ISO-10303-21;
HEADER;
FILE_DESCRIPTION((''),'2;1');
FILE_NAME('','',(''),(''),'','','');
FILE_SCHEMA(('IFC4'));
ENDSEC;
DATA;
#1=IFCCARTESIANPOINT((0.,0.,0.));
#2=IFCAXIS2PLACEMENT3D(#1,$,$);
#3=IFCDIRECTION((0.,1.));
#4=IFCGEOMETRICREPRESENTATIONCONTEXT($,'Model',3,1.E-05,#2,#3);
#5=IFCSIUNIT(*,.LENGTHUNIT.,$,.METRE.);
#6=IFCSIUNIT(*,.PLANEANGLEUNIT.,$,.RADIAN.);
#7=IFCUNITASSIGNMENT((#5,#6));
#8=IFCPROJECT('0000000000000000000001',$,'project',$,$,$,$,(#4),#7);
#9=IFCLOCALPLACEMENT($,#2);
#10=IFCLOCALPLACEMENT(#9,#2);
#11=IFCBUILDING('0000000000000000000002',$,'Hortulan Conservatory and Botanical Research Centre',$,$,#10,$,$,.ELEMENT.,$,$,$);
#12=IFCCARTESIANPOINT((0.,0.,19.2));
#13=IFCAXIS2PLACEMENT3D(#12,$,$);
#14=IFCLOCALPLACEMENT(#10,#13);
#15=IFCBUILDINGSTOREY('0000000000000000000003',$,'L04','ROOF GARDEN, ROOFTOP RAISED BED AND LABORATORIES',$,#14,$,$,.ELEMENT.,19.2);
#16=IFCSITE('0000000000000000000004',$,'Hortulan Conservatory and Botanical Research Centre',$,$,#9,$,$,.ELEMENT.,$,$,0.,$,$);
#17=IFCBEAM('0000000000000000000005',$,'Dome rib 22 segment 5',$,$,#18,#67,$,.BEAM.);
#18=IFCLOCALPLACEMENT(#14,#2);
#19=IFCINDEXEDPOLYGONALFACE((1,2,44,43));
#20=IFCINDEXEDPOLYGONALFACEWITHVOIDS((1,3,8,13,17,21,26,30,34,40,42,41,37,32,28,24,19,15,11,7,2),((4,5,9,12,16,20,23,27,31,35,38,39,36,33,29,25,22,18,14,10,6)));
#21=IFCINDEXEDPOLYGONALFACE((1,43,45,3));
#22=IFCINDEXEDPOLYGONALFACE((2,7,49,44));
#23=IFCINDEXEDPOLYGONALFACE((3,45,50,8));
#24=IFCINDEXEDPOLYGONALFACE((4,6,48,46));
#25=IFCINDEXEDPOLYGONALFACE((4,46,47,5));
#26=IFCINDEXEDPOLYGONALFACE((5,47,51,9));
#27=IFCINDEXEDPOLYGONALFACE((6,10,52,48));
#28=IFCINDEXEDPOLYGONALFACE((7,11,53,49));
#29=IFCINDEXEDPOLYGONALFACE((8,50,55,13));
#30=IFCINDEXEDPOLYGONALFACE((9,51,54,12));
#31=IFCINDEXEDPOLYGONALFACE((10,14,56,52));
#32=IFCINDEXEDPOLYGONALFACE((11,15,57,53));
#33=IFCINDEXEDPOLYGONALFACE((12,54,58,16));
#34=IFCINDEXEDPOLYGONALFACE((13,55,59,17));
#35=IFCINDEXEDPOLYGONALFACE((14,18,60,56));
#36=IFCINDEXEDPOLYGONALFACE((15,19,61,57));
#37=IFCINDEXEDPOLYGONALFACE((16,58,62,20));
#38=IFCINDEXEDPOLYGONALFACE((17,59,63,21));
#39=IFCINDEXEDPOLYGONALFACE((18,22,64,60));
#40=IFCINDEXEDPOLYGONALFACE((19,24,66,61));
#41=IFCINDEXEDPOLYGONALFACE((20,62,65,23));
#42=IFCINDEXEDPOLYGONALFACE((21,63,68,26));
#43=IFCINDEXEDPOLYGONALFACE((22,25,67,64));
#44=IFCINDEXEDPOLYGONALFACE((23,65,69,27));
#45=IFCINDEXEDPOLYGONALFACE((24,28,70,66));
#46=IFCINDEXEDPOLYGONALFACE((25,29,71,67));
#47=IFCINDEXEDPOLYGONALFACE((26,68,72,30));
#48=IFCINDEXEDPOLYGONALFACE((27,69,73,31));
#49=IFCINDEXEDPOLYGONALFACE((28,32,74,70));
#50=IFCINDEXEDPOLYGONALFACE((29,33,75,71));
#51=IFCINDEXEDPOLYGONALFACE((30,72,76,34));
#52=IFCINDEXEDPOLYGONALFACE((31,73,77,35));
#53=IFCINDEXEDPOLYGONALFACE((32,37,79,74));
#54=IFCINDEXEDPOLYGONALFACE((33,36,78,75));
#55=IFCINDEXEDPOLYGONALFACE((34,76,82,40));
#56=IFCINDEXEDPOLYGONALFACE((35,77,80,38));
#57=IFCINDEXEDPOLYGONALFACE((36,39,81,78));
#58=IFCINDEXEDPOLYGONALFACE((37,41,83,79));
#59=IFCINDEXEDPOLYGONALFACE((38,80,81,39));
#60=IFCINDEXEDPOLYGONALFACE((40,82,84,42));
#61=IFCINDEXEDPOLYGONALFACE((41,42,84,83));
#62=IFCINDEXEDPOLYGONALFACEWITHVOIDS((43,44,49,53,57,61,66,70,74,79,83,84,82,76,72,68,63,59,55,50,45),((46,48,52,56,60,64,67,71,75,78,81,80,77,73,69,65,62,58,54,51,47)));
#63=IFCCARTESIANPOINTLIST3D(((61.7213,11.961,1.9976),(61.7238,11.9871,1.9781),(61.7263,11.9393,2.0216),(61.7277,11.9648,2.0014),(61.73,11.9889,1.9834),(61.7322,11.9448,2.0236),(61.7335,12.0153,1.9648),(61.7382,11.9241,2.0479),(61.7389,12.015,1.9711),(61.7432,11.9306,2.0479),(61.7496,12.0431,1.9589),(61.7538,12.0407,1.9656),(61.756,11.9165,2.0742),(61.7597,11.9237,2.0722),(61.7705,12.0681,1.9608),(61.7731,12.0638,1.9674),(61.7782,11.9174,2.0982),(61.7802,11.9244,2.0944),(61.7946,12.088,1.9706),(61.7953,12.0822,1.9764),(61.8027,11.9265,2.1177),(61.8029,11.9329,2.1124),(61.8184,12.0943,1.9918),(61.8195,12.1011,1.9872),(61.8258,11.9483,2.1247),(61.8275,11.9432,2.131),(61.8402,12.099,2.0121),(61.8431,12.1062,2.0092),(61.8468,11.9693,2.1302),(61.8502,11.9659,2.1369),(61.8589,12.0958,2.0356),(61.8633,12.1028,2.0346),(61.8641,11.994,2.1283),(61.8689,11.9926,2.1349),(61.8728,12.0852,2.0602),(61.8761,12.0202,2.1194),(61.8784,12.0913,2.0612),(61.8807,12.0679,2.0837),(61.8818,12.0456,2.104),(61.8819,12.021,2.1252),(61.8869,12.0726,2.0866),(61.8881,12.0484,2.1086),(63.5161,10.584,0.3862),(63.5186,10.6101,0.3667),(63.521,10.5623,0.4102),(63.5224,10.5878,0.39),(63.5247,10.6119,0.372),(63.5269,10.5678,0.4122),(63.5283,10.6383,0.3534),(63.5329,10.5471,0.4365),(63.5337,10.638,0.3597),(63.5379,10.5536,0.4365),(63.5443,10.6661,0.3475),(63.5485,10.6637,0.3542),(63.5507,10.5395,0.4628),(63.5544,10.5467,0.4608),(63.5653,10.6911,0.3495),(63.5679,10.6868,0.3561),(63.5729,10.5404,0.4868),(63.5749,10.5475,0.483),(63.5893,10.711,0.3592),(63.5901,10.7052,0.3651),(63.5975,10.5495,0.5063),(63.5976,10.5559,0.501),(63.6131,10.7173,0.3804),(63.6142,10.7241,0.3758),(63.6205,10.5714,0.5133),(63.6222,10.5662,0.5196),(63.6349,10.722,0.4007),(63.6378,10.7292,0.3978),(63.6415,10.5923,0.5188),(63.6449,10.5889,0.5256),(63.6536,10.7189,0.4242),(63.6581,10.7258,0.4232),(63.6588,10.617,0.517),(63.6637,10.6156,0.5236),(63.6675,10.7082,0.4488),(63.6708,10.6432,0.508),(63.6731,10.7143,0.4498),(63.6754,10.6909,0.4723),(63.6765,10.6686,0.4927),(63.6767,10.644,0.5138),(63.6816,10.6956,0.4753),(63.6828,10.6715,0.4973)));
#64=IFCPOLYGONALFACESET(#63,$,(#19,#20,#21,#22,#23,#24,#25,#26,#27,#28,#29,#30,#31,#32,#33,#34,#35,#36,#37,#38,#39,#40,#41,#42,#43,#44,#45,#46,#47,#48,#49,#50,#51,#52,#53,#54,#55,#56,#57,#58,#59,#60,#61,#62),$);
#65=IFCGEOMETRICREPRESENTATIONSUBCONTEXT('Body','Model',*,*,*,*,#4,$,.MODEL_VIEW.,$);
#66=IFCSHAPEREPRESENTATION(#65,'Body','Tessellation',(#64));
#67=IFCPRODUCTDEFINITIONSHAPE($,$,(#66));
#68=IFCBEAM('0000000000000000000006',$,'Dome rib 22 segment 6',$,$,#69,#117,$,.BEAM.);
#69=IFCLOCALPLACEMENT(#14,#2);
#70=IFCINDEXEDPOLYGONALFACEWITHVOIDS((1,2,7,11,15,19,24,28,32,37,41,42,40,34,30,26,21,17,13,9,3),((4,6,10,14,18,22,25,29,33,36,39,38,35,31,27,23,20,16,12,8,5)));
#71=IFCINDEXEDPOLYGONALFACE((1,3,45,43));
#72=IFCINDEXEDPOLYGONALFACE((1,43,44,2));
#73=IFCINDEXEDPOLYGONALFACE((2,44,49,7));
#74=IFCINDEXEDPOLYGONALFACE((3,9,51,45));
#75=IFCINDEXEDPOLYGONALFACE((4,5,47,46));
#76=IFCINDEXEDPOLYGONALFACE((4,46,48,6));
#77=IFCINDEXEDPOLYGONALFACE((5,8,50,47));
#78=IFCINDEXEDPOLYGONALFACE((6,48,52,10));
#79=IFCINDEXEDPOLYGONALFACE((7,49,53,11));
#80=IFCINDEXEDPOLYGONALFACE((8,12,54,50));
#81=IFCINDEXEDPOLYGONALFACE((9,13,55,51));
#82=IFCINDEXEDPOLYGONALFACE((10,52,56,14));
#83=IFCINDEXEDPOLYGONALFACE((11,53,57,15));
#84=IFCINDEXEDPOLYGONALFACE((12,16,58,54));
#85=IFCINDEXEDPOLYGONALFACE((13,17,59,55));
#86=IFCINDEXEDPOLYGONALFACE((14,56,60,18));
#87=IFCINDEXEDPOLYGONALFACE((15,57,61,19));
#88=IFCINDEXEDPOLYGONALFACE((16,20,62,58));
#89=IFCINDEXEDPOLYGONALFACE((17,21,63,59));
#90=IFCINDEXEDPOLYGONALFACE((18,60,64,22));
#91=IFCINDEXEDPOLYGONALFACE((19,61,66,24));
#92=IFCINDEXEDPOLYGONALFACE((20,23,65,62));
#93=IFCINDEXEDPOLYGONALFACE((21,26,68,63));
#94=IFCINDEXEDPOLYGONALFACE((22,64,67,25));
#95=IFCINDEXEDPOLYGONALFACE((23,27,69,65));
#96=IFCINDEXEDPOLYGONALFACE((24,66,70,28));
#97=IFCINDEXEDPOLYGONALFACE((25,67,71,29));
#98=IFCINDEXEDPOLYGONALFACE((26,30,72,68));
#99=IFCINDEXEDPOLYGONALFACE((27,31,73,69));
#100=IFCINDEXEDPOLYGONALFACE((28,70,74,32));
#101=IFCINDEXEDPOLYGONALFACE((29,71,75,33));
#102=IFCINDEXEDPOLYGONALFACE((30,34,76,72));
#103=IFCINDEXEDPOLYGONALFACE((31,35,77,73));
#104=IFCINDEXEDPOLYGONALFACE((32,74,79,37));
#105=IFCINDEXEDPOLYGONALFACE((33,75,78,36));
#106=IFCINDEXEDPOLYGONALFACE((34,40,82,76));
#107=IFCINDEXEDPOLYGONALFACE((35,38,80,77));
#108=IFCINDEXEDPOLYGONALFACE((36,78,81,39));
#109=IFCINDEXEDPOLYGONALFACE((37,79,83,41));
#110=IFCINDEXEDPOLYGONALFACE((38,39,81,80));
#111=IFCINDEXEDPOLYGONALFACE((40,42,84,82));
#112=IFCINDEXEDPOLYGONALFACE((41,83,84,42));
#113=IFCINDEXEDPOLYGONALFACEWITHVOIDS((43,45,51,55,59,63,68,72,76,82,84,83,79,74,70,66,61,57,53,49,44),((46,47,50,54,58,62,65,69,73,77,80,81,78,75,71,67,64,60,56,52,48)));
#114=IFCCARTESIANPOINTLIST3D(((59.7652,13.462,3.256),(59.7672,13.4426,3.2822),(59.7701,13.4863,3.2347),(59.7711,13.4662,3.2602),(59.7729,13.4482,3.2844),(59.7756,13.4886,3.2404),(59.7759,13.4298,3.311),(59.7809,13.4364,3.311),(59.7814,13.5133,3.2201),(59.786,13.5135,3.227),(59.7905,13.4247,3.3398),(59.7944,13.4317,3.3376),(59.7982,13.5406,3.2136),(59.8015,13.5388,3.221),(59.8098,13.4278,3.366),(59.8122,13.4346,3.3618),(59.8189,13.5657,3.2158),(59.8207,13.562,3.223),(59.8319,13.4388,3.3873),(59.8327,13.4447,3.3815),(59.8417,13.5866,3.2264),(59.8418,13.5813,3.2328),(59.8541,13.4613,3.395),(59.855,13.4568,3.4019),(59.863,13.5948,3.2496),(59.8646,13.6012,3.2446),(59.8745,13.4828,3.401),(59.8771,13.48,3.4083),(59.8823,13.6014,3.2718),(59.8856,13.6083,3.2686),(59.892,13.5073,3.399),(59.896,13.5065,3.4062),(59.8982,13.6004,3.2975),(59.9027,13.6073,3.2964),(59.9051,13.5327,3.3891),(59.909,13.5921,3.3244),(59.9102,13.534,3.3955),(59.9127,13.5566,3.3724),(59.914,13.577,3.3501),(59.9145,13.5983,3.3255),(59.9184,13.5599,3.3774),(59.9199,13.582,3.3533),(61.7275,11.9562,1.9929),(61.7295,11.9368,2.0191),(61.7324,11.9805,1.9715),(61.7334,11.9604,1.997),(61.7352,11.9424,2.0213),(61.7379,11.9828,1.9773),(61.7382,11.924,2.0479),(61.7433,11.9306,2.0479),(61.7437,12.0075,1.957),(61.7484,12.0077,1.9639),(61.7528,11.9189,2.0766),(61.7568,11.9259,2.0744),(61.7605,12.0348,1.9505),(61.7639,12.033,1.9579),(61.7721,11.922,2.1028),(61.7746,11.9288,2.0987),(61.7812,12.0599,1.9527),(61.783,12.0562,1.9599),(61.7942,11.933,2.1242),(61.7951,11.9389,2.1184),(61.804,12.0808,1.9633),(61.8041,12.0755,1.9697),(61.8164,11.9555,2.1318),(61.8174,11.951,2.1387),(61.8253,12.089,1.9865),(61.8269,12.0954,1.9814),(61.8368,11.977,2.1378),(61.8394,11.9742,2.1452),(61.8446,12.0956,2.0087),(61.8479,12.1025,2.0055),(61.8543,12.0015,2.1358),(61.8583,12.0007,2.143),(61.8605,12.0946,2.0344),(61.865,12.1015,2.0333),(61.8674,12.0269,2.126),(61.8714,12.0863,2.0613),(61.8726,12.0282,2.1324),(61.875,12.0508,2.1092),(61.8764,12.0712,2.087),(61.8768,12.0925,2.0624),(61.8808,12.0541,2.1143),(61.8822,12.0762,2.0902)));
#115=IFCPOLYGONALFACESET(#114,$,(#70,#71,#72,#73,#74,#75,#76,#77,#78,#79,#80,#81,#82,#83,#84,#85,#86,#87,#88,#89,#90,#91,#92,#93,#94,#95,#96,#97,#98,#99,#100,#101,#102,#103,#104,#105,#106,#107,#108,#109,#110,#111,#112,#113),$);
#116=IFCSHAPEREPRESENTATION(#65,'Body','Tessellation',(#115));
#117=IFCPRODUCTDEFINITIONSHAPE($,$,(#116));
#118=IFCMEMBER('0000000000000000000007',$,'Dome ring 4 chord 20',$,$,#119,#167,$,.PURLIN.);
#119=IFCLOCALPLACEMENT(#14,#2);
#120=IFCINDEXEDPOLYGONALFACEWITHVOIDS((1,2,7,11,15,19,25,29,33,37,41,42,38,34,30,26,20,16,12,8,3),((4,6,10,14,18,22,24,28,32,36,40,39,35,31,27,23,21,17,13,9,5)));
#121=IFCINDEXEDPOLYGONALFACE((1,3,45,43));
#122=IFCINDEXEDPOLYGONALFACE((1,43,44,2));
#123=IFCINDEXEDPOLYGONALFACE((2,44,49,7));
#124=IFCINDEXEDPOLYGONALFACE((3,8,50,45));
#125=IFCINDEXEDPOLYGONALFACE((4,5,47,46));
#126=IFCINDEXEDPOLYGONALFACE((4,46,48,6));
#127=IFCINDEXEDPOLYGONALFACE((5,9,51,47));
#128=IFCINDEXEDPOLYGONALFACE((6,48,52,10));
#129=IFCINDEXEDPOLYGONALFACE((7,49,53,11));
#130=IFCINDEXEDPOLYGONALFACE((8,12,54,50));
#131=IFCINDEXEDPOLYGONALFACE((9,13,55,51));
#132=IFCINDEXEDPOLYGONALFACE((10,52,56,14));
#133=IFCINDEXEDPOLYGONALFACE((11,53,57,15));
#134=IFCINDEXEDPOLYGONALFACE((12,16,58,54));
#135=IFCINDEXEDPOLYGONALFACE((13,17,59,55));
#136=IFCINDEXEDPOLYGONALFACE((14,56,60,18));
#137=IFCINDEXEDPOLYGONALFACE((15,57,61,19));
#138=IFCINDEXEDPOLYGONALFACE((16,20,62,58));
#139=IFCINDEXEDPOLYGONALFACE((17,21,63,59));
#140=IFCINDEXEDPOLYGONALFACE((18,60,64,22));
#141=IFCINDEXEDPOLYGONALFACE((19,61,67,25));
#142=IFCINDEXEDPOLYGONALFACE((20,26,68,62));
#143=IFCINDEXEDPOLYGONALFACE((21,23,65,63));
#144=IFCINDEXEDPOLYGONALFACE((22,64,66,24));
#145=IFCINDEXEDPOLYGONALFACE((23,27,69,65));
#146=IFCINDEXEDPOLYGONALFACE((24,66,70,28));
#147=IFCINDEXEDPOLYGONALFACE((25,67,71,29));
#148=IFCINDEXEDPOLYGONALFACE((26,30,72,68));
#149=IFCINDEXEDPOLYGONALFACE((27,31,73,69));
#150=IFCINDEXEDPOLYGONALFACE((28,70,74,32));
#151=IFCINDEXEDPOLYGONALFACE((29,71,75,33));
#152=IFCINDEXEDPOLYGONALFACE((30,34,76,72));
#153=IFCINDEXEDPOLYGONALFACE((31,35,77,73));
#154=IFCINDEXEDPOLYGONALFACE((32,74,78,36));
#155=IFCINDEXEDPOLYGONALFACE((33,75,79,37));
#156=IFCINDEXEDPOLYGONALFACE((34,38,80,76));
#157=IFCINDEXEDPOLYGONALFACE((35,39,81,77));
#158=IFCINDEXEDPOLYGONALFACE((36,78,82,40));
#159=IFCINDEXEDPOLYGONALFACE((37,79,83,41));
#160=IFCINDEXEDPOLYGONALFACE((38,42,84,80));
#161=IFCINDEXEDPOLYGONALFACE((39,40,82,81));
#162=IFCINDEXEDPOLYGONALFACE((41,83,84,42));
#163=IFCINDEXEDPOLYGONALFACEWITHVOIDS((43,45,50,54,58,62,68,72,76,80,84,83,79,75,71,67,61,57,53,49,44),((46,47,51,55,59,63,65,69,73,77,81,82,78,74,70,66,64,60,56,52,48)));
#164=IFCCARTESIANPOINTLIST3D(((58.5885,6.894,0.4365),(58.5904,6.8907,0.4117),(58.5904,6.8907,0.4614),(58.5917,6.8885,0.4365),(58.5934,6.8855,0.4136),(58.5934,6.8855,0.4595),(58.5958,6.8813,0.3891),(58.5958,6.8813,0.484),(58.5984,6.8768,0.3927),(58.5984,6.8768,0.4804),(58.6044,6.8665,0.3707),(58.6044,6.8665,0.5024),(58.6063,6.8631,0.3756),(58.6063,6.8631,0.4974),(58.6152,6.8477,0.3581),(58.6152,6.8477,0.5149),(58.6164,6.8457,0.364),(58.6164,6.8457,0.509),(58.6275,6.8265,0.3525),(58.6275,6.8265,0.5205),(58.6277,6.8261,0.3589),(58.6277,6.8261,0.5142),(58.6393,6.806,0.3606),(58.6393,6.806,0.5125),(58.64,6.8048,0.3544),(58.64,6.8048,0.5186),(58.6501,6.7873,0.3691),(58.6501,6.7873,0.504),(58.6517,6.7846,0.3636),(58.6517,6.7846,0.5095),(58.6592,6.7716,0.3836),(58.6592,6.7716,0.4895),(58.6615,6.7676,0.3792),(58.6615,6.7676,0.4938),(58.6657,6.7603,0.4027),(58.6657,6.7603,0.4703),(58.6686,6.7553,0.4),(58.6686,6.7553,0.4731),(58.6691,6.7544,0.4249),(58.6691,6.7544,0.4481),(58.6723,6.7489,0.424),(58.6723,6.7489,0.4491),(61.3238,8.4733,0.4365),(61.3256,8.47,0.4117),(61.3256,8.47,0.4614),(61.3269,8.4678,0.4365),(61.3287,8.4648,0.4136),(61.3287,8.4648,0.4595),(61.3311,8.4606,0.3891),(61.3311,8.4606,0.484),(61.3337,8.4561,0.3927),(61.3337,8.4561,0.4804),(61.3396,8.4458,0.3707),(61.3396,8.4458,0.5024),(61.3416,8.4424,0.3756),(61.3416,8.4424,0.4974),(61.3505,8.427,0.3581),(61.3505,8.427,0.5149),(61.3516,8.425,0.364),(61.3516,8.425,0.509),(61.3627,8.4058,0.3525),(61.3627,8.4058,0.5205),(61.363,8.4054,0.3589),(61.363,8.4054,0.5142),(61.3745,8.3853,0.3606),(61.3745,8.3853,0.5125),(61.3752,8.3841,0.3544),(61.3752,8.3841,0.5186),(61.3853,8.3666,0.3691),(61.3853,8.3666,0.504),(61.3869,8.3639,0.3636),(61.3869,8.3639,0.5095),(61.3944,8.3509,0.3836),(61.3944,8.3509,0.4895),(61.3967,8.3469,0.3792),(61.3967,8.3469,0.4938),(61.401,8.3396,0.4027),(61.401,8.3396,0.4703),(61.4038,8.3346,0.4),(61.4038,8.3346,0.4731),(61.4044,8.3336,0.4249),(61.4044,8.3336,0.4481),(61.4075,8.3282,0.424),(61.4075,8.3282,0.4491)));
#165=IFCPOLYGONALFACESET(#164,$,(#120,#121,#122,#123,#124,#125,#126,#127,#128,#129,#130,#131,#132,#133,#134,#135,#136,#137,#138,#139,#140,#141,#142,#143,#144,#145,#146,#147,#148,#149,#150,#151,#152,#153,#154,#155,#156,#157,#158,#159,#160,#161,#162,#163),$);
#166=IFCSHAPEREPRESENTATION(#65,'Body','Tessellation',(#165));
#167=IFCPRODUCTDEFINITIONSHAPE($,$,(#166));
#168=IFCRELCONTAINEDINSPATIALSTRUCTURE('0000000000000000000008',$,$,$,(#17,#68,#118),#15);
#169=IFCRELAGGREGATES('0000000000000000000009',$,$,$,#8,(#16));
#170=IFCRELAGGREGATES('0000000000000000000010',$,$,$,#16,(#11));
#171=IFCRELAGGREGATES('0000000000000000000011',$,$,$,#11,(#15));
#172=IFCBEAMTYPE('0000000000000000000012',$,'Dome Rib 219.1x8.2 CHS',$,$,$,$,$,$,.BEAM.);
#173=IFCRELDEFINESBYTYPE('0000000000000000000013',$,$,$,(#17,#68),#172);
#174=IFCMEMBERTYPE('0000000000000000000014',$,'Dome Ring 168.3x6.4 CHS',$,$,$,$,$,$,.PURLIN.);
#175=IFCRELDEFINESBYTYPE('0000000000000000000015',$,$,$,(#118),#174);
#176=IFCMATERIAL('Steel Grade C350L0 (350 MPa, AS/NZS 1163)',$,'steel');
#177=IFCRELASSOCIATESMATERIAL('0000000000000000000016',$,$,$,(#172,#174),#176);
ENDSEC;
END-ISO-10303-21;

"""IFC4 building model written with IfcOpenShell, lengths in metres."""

from ifc_helpers import new_model, si_unit, direction, frame, origin, origin_2d, place, context, subcontext, project, spatial, hollow_circle, extrude, material, material_profile, profile_set, type_object, element, save


model = new_model("IFC4")

# Units and contexts
model_context = context("Model", 3, precision=1e-05, world=origin(), true_north=direction((0.0, 1.0)))
body_context = subcontext(model_context, "Body", "Model", "MODEL_VIEW")
ifc_project = project(units=[si_unit("LENGTHUNIT", "METRE"), si_unit("PLANEANGLEUNIT", "RADIAN")], contexts=[model_context])

# Site, building, storey
site_placement = place(None, origin())
site = spatial("IfcSite", under=ifc_project, at=site_placement, Name="Hortulan Conservatory and Botanical Research Centre", CompositionType="ELEMENT", RefElevation=0.0)
building_placement = place(site_placement, origin())
building = spatial("IfcBuilding", under=site, at=building_placement, Name="Hortulan Conservatory and Botanical Research Centre", CompositionType="ELEMENT")
storey_placement = place(building_placement, frame((0.0, 0.0, 19.2)))
storey = spatial("IfcBuildingStorey", under=building, at=storey_placement, Name="L04", Description="ROOF GARDEN, ROOFTOP RAISED BED AND LABORATORIES", CompositionType="ELEMENT", Elevation=19.2)

# Beams
ifc_material_1 = material(Name="Steel Grade C350L0 (350 MPa, AS/NZS 1163)", Category="steel")
ifc_material_profile_1 = material_profile(ifc_material_1, hollow_circle(Radius=0.1096, WallThickness=0.0083, at=origin_2d()), Name="219.1x8.2CHS")
ifc_profile_set_1 = profile_set([ifc_material_profile_1], Name="Steel Grade C350L0 (350 MPa, AS/NZS 1163)")
beam_type = type_object("IfcBeamType", Name="Dome Rib 219.1x8.2 CHS", PredefinedType="BEAM", material=ifc_profile_set_1)
for number, where, z_axis, x_axis, name in (
    (1, (63.5996, 10.634, 0.4365), (-0.646201, 0.495793, 0.580184), (-0.608719, -0.793386, 0.0), "Dome rib 22 segment 5"),
    (2, (61.8049, 12.011, 2.0479), (-0.706546, 0.542172, 0.454799), (-0.608775, -0.793343, 0.0), "Dome rib 22 segment 6"),
):
    element("IfcBeam", number, at=place(storey_placement, frame(where, z_axis=z_axis, x_axis=x_axis)), inside=storey, type_object=beam_type, Name=name, PredefinedType="BEAM", context=body_context, shape_type="SweptSolid", body=[
        extrude(hollow_circle(Radius=0.1096, WallThickness=0.0083, at=origin_2d()), origin(), (0.0, 0.0, 1.0), 2.7773),
    ])

# Member
ifc_material_profile_2 = material_profile(ifc_material_1, hollow_circle(Radius=0.0842, WallThickness=0.0063, at=origin_2d()), Name="168.3x6.4CHS")
ifc_profile_set_2 = profile_set([ifc_material_profile_2], Name="Steel Grade C350L0 (350 MPa, AS/NZS 1163)")
member_type_1 = type_object("IfcMemberType", Name="Dome Ring 168.3x6.4 CHS", PredefinedType="PURLIN", material=ifc_profile_set_2)
member_1_placement = place(storey_placement, frame((58.6306, 6.821, 0.4365), z_axis=(0.866013, 0.500021, 0.0), x_axis=(-0.500021, 0.866013, 0.0)))
element("IfcMember", 3, at=member_1_placement, inside=storey, type_object=member_type_1, Name="Dome ring 4 chord 20", PredefinedType="PURLIN", context=body_context, shape_type="SweptSolid", body=[
    extrude(hollow_circle(Radius=0.0842, WallThickness=0.0063, at=origin_2d()), origin(), (0.0, 0.0, 1.0), 3.1584),
])

save(model, "model.ifc")
